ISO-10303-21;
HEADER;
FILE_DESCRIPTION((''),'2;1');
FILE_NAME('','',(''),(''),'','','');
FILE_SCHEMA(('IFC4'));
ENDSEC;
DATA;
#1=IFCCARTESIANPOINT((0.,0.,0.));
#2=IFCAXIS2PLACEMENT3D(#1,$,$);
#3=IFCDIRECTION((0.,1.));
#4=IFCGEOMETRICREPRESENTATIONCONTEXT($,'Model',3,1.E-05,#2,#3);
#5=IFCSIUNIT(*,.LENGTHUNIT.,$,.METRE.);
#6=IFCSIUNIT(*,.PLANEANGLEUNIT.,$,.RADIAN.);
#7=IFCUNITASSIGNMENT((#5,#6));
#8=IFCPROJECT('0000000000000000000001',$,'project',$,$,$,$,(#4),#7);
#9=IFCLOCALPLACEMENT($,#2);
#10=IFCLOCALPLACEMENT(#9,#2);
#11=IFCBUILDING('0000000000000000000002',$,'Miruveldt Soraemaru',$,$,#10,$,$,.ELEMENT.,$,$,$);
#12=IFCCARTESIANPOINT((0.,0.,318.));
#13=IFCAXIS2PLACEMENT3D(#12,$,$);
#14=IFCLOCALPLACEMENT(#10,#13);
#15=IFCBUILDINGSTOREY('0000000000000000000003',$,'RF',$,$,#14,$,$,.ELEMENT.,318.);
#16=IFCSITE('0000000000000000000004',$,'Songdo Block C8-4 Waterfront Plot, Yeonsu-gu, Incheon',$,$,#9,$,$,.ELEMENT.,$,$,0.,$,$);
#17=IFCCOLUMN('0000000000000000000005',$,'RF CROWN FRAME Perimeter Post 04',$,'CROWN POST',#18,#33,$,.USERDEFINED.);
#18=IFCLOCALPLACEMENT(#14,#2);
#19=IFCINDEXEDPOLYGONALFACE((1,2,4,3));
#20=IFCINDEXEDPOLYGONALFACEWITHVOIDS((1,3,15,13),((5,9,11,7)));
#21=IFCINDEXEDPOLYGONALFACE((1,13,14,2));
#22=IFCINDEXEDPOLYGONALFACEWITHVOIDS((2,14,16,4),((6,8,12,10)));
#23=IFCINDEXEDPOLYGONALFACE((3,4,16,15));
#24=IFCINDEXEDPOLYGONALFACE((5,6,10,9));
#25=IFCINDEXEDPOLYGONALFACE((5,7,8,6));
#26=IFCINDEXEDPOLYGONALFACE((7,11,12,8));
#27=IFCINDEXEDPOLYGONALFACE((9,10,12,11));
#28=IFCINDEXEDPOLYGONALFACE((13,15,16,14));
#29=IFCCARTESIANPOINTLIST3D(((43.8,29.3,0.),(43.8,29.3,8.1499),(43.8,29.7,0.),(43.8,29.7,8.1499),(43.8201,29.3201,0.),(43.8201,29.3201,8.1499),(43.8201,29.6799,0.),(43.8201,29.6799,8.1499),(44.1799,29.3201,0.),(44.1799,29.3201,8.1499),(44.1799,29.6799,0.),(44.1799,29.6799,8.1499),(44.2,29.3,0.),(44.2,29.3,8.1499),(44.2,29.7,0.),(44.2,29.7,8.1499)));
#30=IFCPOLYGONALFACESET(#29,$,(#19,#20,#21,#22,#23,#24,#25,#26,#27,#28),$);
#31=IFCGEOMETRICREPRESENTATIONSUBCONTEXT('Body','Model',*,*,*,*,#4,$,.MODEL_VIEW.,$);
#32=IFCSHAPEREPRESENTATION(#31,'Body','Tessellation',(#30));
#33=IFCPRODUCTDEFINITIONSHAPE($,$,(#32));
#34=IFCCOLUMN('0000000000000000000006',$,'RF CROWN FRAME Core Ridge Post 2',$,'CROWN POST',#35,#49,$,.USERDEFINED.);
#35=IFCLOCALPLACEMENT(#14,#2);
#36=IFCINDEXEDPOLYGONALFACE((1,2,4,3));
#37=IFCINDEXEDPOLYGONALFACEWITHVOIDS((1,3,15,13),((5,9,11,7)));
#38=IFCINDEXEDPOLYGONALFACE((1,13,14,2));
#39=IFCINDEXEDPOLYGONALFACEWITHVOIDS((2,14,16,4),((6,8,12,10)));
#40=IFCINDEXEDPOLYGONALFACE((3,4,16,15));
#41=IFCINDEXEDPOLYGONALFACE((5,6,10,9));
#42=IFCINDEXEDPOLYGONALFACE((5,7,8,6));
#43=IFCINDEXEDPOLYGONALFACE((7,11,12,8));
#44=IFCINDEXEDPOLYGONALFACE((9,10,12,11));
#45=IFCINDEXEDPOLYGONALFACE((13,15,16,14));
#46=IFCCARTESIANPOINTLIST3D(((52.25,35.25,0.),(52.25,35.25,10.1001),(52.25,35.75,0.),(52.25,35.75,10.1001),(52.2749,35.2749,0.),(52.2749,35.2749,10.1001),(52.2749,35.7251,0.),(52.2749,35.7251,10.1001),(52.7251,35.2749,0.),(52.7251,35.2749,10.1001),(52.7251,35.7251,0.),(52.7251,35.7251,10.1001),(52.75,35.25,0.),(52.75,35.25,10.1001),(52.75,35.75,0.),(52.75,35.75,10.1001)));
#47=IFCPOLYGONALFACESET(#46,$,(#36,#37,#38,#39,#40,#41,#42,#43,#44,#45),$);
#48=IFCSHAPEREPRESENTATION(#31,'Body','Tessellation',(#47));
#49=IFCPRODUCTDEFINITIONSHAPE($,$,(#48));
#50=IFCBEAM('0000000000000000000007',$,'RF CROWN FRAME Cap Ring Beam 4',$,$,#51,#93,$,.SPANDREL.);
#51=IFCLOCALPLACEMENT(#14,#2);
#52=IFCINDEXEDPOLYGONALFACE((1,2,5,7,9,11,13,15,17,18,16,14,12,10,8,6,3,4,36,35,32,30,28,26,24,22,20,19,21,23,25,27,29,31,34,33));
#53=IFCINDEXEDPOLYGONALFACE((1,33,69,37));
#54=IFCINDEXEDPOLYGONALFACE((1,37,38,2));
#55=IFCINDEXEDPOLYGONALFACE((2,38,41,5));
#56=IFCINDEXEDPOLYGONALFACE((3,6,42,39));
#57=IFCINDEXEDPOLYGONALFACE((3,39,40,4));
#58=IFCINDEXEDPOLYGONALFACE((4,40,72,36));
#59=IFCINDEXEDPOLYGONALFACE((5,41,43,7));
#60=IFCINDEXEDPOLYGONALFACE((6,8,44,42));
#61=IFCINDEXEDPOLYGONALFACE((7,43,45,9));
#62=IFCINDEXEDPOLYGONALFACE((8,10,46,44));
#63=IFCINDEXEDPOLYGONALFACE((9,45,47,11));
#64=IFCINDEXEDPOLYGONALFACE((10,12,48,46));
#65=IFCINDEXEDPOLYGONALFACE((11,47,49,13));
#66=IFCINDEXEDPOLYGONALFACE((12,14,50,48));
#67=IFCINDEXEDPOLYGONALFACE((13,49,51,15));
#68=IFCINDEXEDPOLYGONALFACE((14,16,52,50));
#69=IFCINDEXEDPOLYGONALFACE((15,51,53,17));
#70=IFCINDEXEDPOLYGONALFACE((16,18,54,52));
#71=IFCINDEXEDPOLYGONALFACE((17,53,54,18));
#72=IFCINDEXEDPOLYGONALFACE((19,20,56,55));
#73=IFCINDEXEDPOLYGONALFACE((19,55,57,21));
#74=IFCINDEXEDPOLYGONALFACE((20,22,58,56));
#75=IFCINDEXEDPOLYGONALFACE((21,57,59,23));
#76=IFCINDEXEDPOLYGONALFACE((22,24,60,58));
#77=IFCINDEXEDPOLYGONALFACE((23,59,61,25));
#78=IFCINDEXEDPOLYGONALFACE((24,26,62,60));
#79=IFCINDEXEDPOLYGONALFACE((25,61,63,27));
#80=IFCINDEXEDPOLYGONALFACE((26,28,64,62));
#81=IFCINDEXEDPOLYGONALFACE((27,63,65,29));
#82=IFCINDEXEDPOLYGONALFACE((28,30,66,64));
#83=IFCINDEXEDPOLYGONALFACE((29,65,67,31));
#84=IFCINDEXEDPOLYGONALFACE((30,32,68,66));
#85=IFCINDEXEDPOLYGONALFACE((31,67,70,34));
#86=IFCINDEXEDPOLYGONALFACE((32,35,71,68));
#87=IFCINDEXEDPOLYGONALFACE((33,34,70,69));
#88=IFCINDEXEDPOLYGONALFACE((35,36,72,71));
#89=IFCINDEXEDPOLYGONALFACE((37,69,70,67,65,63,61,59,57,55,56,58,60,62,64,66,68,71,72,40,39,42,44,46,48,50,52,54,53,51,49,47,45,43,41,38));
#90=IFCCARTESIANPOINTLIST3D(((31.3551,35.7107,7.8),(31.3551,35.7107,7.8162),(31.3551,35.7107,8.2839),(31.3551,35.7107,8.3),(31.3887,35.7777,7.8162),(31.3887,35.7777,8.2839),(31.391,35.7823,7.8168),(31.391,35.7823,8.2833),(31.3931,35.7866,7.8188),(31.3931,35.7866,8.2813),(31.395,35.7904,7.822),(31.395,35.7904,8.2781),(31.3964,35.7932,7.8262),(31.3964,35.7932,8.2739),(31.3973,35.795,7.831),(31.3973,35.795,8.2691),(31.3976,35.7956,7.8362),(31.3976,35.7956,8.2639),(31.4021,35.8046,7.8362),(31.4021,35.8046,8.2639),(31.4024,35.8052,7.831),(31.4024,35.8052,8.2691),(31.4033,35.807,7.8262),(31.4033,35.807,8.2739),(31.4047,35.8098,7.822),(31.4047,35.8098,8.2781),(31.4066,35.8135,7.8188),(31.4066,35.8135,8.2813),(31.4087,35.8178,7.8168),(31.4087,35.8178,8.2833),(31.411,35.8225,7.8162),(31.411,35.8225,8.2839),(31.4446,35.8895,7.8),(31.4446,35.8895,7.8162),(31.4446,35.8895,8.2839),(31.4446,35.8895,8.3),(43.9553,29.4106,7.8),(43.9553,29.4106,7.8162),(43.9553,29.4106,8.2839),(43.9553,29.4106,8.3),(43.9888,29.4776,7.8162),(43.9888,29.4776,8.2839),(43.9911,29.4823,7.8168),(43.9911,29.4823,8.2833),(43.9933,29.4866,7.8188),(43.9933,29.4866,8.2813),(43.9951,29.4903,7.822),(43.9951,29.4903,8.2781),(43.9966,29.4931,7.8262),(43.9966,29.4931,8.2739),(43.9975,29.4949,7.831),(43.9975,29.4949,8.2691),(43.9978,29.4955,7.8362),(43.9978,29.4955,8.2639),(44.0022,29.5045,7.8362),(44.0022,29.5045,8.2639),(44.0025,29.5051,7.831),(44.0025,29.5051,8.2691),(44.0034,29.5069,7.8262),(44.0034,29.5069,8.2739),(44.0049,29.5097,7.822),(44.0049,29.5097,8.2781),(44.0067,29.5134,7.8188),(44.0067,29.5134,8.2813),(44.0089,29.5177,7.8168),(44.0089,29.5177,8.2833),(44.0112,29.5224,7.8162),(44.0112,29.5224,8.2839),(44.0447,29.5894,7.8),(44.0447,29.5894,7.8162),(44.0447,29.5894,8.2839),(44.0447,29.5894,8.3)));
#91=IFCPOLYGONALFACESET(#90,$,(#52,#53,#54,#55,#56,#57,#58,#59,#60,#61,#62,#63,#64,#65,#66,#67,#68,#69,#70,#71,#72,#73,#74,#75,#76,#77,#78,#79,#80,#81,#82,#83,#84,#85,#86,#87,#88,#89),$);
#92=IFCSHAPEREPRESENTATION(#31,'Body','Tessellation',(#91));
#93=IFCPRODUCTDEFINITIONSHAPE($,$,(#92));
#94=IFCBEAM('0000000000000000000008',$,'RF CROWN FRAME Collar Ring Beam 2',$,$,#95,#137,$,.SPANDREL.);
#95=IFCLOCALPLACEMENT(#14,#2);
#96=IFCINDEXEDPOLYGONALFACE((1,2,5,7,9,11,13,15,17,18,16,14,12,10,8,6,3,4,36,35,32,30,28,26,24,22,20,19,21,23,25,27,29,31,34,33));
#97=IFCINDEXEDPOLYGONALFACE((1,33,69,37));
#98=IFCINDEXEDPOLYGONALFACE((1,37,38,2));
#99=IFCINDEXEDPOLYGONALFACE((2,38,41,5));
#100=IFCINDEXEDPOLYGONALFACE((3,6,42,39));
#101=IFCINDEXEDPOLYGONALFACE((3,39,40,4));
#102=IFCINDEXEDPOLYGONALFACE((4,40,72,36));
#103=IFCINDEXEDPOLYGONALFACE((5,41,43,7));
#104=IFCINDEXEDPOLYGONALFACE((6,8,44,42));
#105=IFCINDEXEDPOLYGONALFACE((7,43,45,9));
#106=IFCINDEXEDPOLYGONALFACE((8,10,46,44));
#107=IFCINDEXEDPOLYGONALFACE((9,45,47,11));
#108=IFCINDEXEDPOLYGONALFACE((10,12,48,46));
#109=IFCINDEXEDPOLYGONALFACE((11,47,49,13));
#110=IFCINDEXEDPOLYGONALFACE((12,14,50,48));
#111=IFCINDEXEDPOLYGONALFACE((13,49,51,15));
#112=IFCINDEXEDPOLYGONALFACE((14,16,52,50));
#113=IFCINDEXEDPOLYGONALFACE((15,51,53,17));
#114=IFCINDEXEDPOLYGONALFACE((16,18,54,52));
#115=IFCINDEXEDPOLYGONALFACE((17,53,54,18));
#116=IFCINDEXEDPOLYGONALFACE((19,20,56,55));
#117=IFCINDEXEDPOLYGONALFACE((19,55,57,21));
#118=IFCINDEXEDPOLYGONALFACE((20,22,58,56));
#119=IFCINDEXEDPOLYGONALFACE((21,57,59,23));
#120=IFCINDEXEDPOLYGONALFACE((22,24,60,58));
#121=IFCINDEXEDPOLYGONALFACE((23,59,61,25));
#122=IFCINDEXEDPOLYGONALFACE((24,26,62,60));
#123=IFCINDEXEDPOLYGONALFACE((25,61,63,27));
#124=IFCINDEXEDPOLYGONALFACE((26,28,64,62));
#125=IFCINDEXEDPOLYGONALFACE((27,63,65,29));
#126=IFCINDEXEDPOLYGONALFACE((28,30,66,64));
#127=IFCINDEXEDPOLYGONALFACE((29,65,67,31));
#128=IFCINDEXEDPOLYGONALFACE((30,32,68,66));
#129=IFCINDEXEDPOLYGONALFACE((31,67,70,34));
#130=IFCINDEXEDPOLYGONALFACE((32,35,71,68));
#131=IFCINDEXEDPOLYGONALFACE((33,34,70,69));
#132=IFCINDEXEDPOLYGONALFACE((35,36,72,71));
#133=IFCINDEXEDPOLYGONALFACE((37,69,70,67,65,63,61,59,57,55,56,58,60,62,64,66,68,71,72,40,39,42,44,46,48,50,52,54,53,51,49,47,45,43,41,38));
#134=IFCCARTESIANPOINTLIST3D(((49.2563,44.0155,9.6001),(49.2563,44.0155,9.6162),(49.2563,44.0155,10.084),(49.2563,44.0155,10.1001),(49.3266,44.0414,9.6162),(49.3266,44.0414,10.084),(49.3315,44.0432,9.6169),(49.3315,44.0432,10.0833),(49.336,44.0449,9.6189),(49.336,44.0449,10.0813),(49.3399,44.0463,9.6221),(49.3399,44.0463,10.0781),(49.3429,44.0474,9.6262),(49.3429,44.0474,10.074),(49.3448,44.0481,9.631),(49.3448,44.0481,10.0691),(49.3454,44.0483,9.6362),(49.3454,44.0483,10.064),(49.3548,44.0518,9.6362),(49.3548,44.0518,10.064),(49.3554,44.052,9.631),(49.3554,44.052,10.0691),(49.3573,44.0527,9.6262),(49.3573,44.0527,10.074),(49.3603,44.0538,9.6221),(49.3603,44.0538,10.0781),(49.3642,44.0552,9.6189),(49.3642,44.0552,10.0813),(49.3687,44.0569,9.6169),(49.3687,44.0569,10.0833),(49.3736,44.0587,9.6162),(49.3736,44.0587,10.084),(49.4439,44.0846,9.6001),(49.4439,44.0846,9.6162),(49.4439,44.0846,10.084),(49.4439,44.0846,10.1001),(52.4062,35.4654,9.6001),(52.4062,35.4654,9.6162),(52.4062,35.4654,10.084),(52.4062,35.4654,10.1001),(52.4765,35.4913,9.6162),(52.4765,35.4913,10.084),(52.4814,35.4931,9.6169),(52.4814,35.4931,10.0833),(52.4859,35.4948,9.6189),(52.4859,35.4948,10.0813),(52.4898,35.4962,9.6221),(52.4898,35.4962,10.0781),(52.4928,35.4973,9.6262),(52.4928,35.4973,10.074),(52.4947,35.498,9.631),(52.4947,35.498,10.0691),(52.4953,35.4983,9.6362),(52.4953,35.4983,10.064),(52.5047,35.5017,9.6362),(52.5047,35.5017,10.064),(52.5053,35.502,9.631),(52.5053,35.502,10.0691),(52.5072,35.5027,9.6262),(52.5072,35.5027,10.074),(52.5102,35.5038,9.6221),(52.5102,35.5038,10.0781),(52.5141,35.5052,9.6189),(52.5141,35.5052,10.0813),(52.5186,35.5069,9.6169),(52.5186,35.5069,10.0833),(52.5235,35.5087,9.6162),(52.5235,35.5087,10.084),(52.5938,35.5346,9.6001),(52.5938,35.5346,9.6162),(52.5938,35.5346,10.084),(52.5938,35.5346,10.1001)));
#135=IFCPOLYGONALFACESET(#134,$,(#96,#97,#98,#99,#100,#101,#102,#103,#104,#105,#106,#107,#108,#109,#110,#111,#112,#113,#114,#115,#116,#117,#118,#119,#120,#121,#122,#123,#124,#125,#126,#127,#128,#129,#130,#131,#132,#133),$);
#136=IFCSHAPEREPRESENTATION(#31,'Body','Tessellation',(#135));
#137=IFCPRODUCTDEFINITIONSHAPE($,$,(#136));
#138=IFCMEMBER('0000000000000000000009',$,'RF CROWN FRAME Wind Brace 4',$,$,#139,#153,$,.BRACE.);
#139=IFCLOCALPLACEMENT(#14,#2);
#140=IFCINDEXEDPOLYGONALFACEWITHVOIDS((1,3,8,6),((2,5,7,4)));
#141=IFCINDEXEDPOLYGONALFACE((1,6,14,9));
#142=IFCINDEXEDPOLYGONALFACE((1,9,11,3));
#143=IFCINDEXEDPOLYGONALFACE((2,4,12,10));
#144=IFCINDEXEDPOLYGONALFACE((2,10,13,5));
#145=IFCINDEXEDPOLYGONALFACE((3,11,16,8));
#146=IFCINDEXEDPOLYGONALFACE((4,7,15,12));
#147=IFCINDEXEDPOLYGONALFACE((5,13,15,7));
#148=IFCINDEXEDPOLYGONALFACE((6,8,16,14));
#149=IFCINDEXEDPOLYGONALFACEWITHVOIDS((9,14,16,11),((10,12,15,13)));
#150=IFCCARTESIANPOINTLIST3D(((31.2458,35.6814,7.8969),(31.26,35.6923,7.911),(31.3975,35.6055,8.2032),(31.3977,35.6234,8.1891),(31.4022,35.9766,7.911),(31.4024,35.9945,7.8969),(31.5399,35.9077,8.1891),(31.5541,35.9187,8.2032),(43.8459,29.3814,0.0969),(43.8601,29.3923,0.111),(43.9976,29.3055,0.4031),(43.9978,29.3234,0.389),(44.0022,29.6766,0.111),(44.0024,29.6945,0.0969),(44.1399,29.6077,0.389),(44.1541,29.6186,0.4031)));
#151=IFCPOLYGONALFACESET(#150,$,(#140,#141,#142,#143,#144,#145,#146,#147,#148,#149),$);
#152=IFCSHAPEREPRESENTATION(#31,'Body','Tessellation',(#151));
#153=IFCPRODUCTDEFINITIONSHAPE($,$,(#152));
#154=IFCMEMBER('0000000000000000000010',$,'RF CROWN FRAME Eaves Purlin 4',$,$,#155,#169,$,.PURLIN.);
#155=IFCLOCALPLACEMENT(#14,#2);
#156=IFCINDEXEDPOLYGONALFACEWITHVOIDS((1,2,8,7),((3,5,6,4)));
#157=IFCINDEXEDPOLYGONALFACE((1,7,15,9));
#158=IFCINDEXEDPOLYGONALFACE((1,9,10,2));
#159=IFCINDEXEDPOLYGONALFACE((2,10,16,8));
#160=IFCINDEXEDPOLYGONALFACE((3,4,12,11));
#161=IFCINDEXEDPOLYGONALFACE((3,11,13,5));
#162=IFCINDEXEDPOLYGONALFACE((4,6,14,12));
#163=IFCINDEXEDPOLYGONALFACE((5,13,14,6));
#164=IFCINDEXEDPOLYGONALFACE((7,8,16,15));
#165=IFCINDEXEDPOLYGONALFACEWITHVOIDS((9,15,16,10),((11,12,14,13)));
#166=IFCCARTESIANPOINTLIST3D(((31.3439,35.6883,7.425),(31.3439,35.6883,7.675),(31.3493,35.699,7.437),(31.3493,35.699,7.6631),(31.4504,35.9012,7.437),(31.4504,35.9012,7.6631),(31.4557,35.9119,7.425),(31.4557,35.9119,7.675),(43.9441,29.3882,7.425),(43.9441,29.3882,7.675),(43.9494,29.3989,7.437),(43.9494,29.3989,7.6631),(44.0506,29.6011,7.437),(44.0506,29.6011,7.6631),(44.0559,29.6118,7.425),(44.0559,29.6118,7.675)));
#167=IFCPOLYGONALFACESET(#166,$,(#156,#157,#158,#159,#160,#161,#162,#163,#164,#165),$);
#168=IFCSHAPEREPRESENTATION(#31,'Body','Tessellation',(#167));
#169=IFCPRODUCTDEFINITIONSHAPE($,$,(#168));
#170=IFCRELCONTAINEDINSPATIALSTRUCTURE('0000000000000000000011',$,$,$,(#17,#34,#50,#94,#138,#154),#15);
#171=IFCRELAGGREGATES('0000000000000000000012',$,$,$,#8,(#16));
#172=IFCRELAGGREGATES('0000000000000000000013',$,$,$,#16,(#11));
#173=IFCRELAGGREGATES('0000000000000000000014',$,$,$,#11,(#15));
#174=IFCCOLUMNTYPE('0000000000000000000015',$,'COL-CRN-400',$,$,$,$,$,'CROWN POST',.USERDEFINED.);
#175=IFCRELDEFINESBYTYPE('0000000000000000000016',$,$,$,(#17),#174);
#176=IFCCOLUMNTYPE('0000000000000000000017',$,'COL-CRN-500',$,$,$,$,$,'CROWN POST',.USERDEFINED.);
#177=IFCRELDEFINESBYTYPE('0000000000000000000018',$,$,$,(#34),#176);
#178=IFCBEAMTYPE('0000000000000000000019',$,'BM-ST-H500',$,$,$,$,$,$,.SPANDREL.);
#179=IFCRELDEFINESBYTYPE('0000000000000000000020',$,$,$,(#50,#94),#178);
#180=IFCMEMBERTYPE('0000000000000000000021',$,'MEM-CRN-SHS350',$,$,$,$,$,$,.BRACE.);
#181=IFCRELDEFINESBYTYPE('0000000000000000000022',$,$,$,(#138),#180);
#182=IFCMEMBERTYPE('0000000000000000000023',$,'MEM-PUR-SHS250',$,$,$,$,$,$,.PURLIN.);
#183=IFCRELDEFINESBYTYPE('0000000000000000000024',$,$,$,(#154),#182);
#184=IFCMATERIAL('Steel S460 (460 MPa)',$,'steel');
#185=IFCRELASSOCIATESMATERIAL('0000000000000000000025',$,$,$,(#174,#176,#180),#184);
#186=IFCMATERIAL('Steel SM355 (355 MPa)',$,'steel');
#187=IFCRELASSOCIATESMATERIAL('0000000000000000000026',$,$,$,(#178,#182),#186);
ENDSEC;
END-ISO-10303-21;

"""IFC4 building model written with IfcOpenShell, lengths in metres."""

from ifc_helpers import new_model, si_unit, direction, frame, origin, origin_2d, place, context, subcontext, project, spatial, hollow_rectangle, i_section, extrude, material, material_profile, profile_set, type_object, element, save


model = new_model("IFC4")

# Units and contexts
model_context = context("Model", 3, precision=1e-05, world=origin(), true_north=direction((0.0, 1.0)))
body_context = subcontext(model_context, "Body", "Model", "MODEL_VIEW")
ifc_project = project(units=[si_unit("LENGTHUNIT", "METRE"), si_unit("PLANEANGLEUNIT", "RADIAN")], contexts=[model_context])

# Site, building, storey
site_placement = place(None, origin())
site = spatial("IfcSite", under=ifc_project, at=site_placement, Name="Songdo Block C8-4 Waterfront Plot, Yeonsu-gu, Incheon", CompositionType="ELEMENT", RefElevation=0.0)
building_placement = place(site_placement, origin())
building = spatial("IfcBuilding", under=site, at=building_placement, Name="Miruveldt Soraemaru", CompositionType="ELEMENT")
storey_placement = place(building_placement, frame((0.0, 0.0, 318.0)))
storey = spatial("IfcBuildingStorey", under=building, at=storey_placement, Name="RF", CompositionType="ELEMENT", Elevation=318.0)

# Columns
ifc_material_1 = material(Name="Steel S460 (460 MPa)", Category="steel")
ifc_material_profile_1 = material_profile(ifc_material_1, hollow_rectangle(XDim=0.3999, YDim=0.3999, WallThickness=0.02, at=origin_2d()), Name="Steel S460 (460 MPa)", Category="steel")
ifc_profile_set_1 = profile_set([ifc_material_profile_1], Name="Steel S460 (460 MPa)")
column_type_1 = type_object("IfcColumnType", Name="COL-CRN-400", ElementType="CROWN POST", PredefinedType="USERDEFINED", material=ifc_profile_set_1)
column_1_placement = place(storey_placement, frame((44.0, 29.5, 0.0), z_axis=(0.0, 0.0, 1.0), x_axis=(1.0, 0.0, 0.0)))
element("IfcColumn", 1, at=column_1_placement, inside=storey, type_object=column_type_1, Name="RF CROWN FRAME Perimeter Post 04", ObjectType="CROWN POST", PredefinedType="USERDEFINED", context=body_context, shape_type="SweptSolid", body=[
    extrude(hollow_rectangle(XDim=0.3999, YDim=0.3999, WallThickness=0.02, at=origin_2d()), origin(), (0.0, 0.0, 1.0), 8.1499),
])
ifc_material_profile_2 = material_profile(ifc_material_1, hollow_rectangle(XDim=0.5, YDim=0.5, WallThickness=0.0249, at=origin_2d()), Name="Steel S460 (460 MPa)", Category="steel")
ifc_profile_set_2 = profile_set([ifc_material_profile_2], Name="Steel S460 (460 MPa)")
column_type_2 = type_object("IfcColumnType", Name="COL-CRN-500", ElementType="CROWN POST", PredefinedType="USERDEFINED", material=ifc_profile_set_2)
column_2_placement = place(storey_placement, frame((52.5, 35.5, 0.0), z_axis=(0.0, 0.0, 1.0), x_axis=(1.0, 0.0, 0.0)))
element("IfcColumn", 2, at=column_2_placement, inside=storey, type_object=column_type_2, Name="RF CROWN FRAME Core Ridge Post 2", ObjectType="CROWN POST", PredefinedType="USERDEFINED", context=body_context, shape_type="SweptSolid", body=[
    extrude(hollow_rectangle(XDim=0.5, YDim=0.5, WallThickness=0.0249, at=origin_2d()), origin(), (0.0, 0.0, 1.0), 10.1001),
])

# Beams
ifc_material_2 = material(Name="Steel SM355 (355 MPa)", Category="steel")
ifc_material_profile_3 = material_profile(ifc_material_2, i_section(OverallWidth=0.2, OverallDepth=0.5, WebThickness=0.01, FlangeThickness=0.0161, FilletRadius=0.02, at=origin_2d()), Name="Steel SM355 (355 MPa)", Category="steel")
ifc_profile_set_3 = profile_set([ifc_material_profile_3], Name="Steel SM355 (355 MPa)")
beam_type = type_object("IfcBeamType", Name="BM-ST-H500", PredefinedType="SPANDREL", material=ifc_profile_set_3)
beam_1_placement = place(storey_placement, frame((44.0, 29.5, 8.05), z_axis=(-0.894427, 0.447214, 0.0), x_axis=(-0.447214, -0.894427, 0.0)))
element("IfcBeam", 3, at=beam_1_placement, inside=storey, type_object=beam_type, Name="RF CROWN FRAME Cap Ring Beam 4", PredefinedType="SPANDREL", context=body_context, shape_type="SweptSolid", body=[
    extrude(i_section(OverallWidth=0.2, OverallDepth=0.5, WebThickness=0.01, FlangeThickness=0.0161, FilletRadius=0.02, at=origin_2d()), origin(), (0.0, 0.0, 1.0), 14.0874),
])
beam_2_placement = place(storey_placement, frame((52.5, 35.5, 9.8501), z_axis=(-0.345694, 0.938347, 0.0), x_axis=(-0.938347, -0.345694, 0.0)))
element("IfcBeam", 4, at=beam_2_placement, inside=storey, type_object=beam_type, Name="RF CROWN FRAME Collar Ring Beam 2", PredefinedType="SPANDREL", context=body_context, shape_type="SweptSolid", body=[
    extrude(i_section(OverallWidth=0.2, OverallDepth=0.5, WebThickness=0.01, FlangeThickness=0.0161, FilletRadius=0.02, at=origin_2d()), origin(), (0.0, 0.0, 1.0), 9.1118),
])

# Members
ifc_material_profile_4 = material_profile(ifc_material_1, hollow_rectangle(XDim=0.3501, YDim=0.3501, WallThickness=0.0161, at=origin_2d()), Name="Steel S460 (460 MPa)", Category="steel")
ifc_profile_set_4 = profile_set([ifc_material_profile_4], Name="Steel S460 (460 MPa)")
member_type_1 = type_object("IfcMemberType", Name="MEM-CRN-SHS350", PredefinedType="BRACE", material=ifc_profile_set_4)
member_1_placement = place(storey_placement, frame((44.0, 29.5, 0.25), z_axis=(-0.782488, 0.391244, 0.484397), x_axis=(-0.447214, -0.894427, 0.0)))
element("IfcMember", 5, at=member_1_placement, inside=storey, type_object=member_type_1, Name="RF CROWN FRAME Wind Brace 4", PredefinedType="BRACE", context=body_context, shape_type="SweptSolid", body=[
    extrude(hollow_rectangle(XDim=0.3501, YDim=0.3501, WallThickness=0.0161, at=origin_2d()), origin(), (0.0, 0.0, 1.0), 16.1025),
])
ifc_material_profile_5 = material_profile(ifc_material_2, hollow_rectangle(XDim=0.25, YDim=0.25, WallThickness=0.012, at=origin_2d()), Name="Steel SM355 (355 MPa)", Category="steel")
ifc_profile_set_5 = profile_set([ifc_material_profile_5], Name="Steel SM355 (355 MPa)")
member_type_2 = type_object("IfcMemberType", Name="MEM-PUR-SHS250", PredefinedType="PURLIN", material=ifc_profile_set_5)
member_2_placement = place(storey_placement, frame((44.0, 29.5, 7.55), z_axis=(-0.894427, 0.447214, 0.0), x_axis=(-0.447214, -0.894427, 0.0)))
element("IfcMember", 6, at=member_2_placement, inside=storey, type_object=member_type_2, Name="RF CROWN FRAME Eaves Purlin 4", PredefinedType="PURLIN", context=body_context, shape_type="SweptSolid", body=[
    extrude(hollow_rectangle(XDim=0.25, YDim=0.25, WallThickness=0.012, at=origin_2d()), origin(), (0.0, 0.0, 1.0), 14.0874),
])

save(model, "model.ifc")
